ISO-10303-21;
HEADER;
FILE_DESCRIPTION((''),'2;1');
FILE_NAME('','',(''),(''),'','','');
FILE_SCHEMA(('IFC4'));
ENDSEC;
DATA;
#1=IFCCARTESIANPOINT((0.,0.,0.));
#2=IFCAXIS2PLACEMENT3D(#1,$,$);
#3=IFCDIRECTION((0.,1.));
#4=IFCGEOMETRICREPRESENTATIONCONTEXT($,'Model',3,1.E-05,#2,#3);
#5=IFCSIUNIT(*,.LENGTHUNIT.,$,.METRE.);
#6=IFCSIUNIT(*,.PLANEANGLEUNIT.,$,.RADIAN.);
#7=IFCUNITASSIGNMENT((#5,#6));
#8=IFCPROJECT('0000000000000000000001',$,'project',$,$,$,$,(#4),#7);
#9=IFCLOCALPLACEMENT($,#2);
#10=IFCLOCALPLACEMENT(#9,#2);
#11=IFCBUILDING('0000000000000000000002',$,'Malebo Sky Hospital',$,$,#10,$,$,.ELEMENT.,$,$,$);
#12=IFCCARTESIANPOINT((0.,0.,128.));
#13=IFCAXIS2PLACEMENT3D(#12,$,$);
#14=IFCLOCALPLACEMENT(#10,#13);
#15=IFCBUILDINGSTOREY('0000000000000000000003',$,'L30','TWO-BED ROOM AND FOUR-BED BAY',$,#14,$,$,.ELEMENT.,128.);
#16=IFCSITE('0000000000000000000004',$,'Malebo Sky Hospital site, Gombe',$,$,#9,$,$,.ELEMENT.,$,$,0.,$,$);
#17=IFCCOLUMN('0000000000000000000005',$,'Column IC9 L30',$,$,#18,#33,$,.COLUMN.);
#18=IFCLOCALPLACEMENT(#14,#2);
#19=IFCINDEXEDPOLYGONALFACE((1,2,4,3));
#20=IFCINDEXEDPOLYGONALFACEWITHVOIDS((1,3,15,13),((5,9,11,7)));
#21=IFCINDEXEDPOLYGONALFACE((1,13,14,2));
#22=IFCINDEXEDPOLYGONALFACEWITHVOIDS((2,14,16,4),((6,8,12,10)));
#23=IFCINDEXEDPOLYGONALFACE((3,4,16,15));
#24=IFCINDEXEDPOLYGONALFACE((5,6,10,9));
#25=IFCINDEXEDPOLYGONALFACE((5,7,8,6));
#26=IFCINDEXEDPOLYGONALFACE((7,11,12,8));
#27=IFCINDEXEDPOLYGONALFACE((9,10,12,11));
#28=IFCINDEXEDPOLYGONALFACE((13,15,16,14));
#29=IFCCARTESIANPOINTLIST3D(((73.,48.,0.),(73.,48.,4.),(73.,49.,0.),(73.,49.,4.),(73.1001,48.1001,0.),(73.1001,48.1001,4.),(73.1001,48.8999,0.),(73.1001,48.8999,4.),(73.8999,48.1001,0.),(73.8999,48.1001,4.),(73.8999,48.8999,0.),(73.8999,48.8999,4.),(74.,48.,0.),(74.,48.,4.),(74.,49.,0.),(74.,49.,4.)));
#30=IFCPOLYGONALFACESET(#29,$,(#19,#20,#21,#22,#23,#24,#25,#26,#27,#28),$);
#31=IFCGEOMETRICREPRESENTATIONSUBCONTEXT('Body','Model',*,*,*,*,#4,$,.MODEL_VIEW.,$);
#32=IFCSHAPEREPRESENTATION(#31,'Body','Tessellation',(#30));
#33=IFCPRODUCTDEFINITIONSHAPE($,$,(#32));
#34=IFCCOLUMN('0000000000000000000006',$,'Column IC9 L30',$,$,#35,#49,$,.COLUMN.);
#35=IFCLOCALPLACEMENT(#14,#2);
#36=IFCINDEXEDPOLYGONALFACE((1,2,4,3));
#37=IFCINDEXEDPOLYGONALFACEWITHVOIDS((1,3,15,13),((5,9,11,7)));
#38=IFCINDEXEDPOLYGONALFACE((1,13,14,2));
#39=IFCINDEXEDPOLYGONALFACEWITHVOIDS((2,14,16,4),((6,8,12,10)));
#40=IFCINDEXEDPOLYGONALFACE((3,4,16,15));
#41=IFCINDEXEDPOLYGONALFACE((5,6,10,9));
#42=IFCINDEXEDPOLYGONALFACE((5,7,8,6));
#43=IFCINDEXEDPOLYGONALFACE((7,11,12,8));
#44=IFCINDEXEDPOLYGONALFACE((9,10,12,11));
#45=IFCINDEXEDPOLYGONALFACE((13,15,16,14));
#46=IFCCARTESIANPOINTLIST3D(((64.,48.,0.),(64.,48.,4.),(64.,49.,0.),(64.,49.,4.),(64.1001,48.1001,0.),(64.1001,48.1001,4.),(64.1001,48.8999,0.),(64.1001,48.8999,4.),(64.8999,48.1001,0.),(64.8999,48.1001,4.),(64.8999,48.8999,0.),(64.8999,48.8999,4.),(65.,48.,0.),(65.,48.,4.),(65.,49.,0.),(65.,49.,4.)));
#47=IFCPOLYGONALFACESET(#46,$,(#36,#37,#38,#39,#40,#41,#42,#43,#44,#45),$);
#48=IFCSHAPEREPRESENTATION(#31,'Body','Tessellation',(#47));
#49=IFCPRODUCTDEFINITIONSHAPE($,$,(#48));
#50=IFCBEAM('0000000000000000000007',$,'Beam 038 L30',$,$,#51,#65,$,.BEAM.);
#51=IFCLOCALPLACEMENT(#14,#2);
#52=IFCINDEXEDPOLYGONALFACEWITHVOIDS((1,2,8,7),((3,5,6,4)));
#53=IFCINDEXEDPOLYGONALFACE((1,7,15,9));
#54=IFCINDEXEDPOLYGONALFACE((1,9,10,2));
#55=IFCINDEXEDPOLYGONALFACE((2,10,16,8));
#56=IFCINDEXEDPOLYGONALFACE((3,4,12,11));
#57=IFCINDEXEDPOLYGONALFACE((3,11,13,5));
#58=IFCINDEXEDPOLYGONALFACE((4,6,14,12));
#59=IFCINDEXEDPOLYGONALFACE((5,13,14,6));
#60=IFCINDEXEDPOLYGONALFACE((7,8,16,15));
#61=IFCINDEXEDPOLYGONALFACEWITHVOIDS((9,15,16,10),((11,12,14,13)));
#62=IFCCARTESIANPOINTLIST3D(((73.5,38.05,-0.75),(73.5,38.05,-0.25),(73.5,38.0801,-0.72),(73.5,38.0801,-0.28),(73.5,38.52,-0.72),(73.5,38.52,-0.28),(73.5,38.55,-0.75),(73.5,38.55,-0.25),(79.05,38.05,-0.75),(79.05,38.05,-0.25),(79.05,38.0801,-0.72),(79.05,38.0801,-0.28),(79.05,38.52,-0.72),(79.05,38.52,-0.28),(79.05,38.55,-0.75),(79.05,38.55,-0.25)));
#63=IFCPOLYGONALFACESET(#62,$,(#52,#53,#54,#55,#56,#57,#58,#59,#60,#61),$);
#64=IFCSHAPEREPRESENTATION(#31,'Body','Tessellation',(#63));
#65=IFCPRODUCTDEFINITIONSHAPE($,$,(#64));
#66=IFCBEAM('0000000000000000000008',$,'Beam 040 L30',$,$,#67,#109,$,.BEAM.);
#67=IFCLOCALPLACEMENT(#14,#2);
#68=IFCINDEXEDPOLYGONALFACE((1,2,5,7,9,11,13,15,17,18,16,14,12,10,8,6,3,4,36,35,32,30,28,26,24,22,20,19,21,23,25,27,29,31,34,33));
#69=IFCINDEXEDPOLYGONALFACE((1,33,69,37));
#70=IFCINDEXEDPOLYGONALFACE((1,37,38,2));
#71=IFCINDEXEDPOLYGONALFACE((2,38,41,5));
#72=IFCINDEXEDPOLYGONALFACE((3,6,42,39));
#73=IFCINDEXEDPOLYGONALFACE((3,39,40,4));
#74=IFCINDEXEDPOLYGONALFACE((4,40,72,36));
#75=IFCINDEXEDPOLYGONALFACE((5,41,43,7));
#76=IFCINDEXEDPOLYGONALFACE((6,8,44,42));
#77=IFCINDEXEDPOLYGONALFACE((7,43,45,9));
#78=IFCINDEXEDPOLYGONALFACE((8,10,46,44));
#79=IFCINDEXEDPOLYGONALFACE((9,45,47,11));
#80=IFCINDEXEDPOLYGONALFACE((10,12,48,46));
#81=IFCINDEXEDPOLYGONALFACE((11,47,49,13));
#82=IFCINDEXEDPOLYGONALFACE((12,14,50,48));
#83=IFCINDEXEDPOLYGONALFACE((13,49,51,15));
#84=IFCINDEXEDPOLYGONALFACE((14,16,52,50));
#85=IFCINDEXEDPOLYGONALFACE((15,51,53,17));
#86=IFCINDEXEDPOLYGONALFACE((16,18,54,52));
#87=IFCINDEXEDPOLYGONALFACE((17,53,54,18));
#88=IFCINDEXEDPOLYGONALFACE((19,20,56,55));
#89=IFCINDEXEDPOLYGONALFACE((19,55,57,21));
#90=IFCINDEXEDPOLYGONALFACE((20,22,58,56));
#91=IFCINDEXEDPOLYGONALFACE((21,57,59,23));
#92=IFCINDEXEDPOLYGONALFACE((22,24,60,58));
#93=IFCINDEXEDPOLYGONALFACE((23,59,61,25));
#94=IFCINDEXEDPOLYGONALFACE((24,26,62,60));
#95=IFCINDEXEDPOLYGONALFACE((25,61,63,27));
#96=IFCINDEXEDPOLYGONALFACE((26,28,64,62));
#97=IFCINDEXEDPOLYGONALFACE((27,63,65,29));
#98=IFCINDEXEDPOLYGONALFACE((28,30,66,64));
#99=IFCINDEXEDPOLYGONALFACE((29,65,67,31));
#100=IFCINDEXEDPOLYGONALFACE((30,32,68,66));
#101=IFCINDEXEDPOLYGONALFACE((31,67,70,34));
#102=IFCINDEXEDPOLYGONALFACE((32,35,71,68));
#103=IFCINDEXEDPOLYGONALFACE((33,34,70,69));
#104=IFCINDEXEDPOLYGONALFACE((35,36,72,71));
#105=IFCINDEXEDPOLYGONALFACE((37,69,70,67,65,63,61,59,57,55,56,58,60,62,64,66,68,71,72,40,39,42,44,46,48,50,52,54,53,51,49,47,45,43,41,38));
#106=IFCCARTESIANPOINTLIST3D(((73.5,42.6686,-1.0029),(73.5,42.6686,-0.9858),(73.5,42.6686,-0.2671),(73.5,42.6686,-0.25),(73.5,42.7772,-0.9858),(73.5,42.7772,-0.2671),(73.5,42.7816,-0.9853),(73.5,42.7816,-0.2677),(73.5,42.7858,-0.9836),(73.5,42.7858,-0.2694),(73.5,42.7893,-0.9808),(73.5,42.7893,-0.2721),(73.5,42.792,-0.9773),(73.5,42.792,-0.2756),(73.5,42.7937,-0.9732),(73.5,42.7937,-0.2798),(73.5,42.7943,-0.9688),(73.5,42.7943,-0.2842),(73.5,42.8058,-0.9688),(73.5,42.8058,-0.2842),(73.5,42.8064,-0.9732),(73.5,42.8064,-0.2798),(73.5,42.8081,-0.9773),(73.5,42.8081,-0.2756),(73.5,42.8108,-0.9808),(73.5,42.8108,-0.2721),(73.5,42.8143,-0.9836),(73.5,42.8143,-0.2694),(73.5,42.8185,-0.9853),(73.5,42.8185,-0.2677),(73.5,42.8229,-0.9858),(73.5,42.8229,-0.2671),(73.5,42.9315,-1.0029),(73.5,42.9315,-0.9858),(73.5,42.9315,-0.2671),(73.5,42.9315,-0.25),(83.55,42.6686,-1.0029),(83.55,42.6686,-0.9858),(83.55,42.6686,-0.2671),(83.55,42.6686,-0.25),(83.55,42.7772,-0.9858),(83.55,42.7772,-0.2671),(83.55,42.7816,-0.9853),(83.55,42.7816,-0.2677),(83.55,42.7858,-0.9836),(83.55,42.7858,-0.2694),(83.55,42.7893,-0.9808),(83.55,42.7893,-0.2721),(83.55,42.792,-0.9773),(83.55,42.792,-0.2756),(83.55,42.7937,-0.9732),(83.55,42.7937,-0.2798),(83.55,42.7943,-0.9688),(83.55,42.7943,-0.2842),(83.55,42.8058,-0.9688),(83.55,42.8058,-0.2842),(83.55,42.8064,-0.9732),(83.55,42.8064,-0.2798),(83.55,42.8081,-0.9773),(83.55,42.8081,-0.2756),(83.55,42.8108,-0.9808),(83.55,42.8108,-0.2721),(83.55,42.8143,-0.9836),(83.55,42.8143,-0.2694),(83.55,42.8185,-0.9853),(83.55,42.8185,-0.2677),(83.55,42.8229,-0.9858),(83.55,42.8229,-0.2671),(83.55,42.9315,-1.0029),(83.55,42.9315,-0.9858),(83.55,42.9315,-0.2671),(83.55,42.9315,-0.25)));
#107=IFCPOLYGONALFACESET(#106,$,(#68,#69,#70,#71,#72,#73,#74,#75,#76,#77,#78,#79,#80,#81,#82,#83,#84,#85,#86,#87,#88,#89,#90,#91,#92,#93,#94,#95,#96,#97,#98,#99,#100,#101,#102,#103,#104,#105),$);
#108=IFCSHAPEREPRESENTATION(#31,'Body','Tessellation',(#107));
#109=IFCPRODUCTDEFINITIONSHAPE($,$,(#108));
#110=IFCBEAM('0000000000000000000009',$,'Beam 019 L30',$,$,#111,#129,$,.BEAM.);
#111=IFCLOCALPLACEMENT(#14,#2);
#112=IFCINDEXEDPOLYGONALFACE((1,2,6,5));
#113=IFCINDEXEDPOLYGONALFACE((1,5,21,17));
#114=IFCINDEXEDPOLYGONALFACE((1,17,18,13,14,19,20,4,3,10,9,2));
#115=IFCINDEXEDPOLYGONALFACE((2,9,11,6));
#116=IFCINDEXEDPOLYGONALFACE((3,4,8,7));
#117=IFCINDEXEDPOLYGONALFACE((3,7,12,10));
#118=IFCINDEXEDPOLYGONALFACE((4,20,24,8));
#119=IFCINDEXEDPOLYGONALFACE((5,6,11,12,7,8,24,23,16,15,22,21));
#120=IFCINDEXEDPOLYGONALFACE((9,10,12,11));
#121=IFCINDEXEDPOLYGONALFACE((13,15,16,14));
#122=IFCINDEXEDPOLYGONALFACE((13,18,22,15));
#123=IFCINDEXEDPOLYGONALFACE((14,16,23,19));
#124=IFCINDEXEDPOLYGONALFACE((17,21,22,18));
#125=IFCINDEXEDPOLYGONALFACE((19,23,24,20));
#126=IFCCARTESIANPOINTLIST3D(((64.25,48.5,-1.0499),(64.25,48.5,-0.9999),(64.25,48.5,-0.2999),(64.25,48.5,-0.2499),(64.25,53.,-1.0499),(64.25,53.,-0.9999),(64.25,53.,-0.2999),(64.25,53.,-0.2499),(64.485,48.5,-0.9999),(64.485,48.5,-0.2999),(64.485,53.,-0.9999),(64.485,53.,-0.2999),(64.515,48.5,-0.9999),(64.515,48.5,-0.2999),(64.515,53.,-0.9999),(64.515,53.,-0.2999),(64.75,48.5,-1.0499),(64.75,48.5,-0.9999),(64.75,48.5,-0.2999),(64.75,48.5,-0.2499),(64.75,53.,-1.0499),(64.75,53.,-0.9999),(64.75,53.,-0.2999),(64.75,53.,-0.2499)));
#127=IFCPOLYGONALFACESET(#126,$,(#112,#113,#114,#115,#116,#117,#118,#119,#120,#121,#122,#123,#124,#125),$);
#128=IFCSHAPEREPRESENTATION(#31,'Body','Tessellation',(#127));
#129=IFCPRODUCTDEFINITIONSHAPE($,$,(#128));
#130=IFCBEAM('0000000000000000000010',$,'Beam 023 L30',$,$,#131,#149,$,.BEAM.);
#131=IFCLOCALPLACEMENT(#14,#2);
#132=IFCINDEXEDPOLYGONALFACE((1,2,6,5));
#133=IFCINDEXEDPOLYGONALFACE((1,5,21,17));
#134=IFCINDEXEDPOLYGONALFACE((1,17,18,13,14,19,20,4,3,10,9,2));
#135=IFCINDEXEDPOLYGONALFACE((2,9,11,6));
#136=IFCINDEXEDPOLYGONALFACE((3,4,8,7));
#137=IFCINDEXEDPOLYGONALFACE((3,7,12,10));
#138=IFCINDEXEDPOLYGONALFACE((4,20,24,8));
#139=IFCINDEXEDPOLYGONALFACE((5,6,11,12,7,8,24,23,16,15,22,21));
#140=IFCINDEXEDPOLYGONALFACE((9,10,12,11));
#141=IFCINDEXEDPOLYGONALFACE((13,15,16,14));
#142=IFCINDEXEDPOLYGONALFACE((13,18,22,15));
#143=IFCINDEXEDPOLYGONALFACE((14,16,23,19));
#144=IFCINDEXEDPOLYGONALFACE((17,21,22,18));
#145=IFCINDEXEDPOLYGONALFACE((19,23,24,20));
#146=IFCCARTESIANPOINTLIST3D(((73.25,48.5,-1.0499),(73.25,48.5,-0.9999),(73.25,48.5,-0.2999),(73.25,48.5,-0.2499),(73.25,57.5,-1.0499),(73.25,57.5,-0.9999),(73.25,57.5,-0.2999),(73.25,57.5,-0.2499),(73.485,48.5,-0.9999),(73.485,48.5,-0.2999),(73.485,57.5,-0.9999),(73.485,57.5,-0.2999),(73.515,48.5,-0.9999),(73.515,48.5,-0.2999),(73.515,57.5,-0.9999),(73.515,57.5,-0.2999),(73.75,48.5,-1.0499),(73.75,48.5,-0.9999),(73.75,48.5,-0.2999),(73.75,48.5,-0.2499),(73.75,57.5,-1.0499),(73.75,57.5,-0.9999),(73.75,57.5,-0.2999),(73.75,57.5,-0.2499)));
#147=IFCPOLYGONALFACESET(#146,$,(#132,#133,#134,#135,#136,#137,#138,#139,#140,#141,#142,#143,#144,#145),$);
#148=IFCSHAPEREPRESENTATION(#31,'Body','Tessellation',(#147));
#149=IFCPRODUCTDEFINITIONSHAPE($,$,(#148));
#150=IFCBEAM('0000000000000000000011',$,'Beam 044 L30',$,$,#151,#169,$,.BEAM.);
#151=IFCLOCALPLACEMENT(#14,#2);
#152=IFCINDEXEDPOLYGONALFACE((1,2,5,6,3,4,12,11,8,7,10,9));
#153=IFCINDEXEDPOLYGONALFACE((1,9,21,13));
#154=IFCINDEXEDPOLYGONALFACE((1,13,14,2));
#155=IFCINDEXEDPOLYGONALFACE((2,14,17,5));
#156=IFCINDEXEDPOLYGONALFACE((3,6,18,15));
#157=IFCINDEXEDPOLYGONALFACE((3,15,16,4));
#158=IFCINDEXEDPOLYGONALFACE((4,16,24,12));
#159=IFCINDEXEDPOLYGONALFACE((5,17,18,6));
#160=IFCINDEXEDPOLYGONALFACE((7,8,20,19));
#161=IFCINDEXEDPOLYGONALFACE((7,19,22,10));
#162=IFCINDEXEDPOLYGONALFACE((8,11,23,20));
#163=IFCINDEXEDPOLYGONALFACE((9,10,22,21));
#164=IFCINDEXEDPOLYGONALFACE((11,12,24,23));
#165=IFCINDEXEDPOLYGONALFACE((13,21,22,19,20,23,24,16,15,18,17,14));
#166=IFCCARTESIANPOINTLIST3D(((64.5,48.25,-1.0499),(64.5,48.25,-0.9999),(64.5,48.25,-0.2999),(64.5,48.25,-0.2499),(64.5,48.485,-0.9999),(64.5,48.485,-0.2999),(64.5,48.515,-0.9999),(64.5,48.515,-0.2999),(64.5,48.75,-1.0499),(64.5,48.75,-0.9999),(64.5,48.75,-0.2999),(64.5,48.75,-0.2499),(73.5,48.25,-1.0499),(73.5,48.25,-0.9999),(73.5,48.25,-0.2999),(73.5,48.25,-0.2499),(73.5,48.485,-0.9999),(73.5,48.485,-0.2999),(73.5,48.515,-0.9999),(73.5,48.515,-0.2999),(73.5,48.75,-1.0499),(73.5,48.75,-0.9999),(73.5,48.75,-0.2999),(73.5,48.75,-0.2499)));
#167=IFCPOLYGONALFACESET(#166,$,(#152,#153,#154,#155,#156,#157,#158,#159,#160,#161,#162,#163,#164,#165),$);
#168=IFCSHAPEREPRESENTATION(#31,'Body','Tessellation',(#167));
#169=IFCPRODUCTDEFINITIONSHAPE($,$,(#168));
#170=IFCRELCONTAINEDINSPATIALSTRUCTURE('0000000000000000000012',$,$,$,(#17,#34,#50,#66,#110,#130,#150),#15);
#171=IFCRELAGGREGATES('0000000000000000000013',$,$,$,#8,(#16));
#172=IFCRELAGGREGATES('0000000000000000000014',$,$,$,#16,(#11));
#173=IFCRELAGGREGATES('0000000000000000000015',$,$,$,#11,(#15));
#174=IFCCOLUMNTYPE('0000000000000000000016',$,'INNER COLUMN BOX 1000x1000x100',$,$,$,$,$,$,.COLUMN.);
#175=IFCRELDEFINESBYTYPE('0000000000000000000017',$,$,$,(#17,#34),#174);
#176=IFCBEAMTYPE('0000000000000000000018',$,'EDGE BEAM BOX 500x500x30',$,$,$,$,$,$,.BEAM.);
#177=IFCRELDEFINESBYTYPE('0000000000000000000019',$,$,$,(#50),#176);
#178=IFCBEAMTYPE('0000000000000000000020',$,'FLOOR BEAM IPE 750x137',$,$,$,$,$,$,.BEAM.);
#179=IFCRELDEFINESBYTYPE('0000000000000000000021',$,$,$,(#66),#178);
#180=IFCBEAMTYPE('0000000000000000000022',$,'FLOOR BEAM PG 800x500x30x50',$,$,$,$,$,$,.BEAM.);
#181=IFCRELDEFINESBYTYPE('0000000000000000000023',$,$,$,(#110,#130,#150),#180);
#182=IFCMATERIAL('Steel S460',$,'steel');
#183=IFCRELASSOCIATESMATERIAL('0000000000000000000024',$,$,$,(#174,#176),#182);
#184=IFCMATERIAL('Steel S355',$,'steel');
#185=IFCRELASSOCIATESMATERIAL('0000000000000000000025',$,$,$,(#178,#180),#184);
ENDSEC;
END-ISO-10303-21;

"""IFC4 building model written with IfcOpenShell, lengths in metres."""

from ifc_helpers import new_model, si_unit, direction, frame, origin, origin_2d, place, context, subcontext, project, spatial, hollow_rectangle, i_section, extrude, material, material_profile, profile_set, type_object, element, save


model = new_model("IFC4")

# Units and contexts
model_context = context("Model", 3, precision=1e-05, world=origin(), true_north=direction((0.0, 1.0)))
body_context = subcontext(model_context, "Body", "Model", "MODEL_VIEW")
ifc_project = project(units=[si_unit("LENGTHUNIT", "METRE"), si_unit("PLANEANGLEUNIT", "RADIAN")], contexts=[model_context])

# Site, building, storey
site_placement = place(None, origin())
site = spatial("IfcSite", under=ifc_project, at=site_placement, Name="Malebo Sky Hospital site, Gombe", CompositionType="ELEMENT", RefElevation=0.0)
building_placement = place(site_placement, origin())
building = spatial("IfcBuilding", under=site, at=building_placement, Name="Malebo Sky Hospital", CompositionType="ELEMENT")
storey_placement = place(building_placement, frame((0.0, 0.0, 128.0)))
storey = spatial("IfcBuildingStorey", under=building, at=storey_placement, Name="L30", Description="TWO-BED ROOM AND FOUR-BED BAY", CompositionType="ELEMENT", Elevation=128.0)

# Columns
ifc_material_1 = material(Name="Steel S460", Category="steel")
ifc_material_profile_1 = material_profile(ifc_material_1, hollow_rectangle(XDim=1.0, YDim=1.0, WallThickness=0.1001, at=origin_2d()), Name="BOX 1000x1000x100")
ifc_profile_set_1 = profile_set([ifc_material_profile_1], Name="Steel S460")
column_type = type_object("IfcColumnType", Name="INNER COLUMN BOX 1000x1000x100", PredefinedType="COLUMN", material=ifc_profile_set_1)
for number, where, z_axis, x_axis, name in (
    (1, (73.5, 48.5, 0.0), (0.0, 0.0, 1.0), (1.0, 0.0, 0.0), "Column IC9 L30"),
    (2, (64.5, 48.5, 0.0), (0.0, 0.0, 1.0), (1.0, 0.0, 0.0), "Column IC9 L30"),
):
    element("IfcColumn", number, at=place(storey_placement, frame(where, z_axis=z_axis, x_axis=x_axis)), inside=storey, type_object=column_type, Name=name, PredefinedType="COLUMN", context=body_context, shape_type="SweptSolid", body=[
        extrude(hollow_rectangle(XDim=1.0, YDim=1.0, WallThickness=0.1001, at=origin_2d()), origin(), (0.0, 0.0, 1.0), 4.0),
    ])

# Beams
ifc_material_profile_2 = material_profile(ifc_material_1, hollow_rectangle(XDim=0.5, YDim=0.5, WallThickness=0.03, at=origin_2d()), Name="BOX 500x500x30")
ifc_profile_set_2 = profile_set([ifc_material_profile_2], Name="Steel S460")
beam_type_1 = type_object("IfcBeamType", Name="EDGE BEAM BOX 500x500x30", PredefinedType="BEAM", material=ifc_profile_set_2)
beam_1_placement = place(storey_placement, frame((73.5, 38.3, -0.5), z_axis=(1.0, 0.0, 0.0), x_axis=(0.0, 1.0, 0.0)))
element("IfcBeam", 3, at=beam_1_placement, inside=storey, type_object=beam_type_1, Name="Beam 038 L30", PredefinedType="BEAM", context=body_context, shape_type="SweptSolid", body=[
    extrude(hollow_rectangle(XDim=0.5, YDim=0.5, WallThickness=0.03, at=origin_2d()), origin(), (0.0, 0.0, 1.0), 5.55),
])
ifc_material_2 = material(Name="Steel S355", Category="steel")
ifc_material_profile_3 = material_profile(ifc_material_2, i_section(OverallWidth=0.2629, OverallDepth=0.7529, WebThickness=0.0115, FlangeThickness=0.0171, FilletRadius=0.0171, at=origin_2d()), Name="IPE 750x137")
ifc_profile_set_3 = profile_set([ifc_material_profile_3], Name="Steel S355")
beam_type_2 = type_object("IfcBeamType", Name="FLOOR BEAM IPE 750x137", PredefinedType="BEAM", material=ifc_profile_set_3)
beam_2_placement = place(storey_placement, frame((73.5, 42.8, -0.6265), z_axis=(1.0, 0.0, 0.0), x_axis=(0.0, 1.0, 0.0)))
element("IfcBeam", 4, at=beam_2_placement, inside=storey, type_object=beam_type_2, Name="Beam 040 L30", PredefinedType="BEAM", context=body_context, shape_type="SweptSolid", body=[
    extrude(i_section(OverallWidth=0.2629, OverallDepth=0.7529, WebThickness=0.0115, FlangeThickness=0.0171, FilletRadius=0.0171, at=origin_2d()), origin(), (0.0, 0.0, 1.0), 10.05),
])
ifc_material_profile_4 = material_profile(ifc_material_2, i_section(OverallWidth=0.5, OverallDepth=0.8, WebThickness=0.03, FlangeThickness=0.05, at=origin_2d()), Name="PG 800x500x30x50")
ifc_profile_set_4 = profile_set([ifc_material_profile_4], Name="Steel S355")
beam_type_3 = type_object("IfcBeamType", Name="FLOOR BEAM PG 800x500x30x50", PredefinedType="BEAM", material=ifc_profile_set_4)
beam_3_placement = place(storey_placement, frame((64.5, 48.5, -0.6499), z_axis=(0.0, 1.0, 0.0), x_axis=(-1.0, 0.0, 0.0)))
element("IfcBeam", 5, at=beam_3_placement, inside=storey, type_object=beam_type_3, Name="Beam 019 L30", PredefinedType="BEAM", context=body_context, shape_type="SweptSolid", body=[
    extrude(i_section(OverallWidth=0.5, OverallDepth=0.8, WebThickness=0.03, FlangeThickness=0.05, at=origin_2d()), origin(), (0.0, 0.0, 1.0), 4.5),
])
for number, where, z_axis, x_axis, name in (
    (6, (73.5, 48.5, -0.6499), (0.0, 1.0, 0.0), (-1.0, 0.0, 0.0), "Beam 023 L30"),
    (7, (64.5, 48.5, -0.6499), (1.0, 0.0, 0.0), (0.0, 1.0, 0.0), "Beam 044 L30"),
):
    element("IfcBeam", number, at=place(storey_placement, frame(where, z_axis=z_axis, x_axis=x_axis)), inside=storey, type_object=beam_type_3, Name=name, PredefinedType="BEAM", context=body_context, shape_type="SweptSolid", body=[
        extrude(i_section(OverallWidth=0.5, OverallDepth=0.8, WebThickness=0.03, FlangeThickness=0.05, at=origin_2d()), origin(), (0.0, 0.0, 1.0), 9.0),
    ])

save(model, "model.ifc")
